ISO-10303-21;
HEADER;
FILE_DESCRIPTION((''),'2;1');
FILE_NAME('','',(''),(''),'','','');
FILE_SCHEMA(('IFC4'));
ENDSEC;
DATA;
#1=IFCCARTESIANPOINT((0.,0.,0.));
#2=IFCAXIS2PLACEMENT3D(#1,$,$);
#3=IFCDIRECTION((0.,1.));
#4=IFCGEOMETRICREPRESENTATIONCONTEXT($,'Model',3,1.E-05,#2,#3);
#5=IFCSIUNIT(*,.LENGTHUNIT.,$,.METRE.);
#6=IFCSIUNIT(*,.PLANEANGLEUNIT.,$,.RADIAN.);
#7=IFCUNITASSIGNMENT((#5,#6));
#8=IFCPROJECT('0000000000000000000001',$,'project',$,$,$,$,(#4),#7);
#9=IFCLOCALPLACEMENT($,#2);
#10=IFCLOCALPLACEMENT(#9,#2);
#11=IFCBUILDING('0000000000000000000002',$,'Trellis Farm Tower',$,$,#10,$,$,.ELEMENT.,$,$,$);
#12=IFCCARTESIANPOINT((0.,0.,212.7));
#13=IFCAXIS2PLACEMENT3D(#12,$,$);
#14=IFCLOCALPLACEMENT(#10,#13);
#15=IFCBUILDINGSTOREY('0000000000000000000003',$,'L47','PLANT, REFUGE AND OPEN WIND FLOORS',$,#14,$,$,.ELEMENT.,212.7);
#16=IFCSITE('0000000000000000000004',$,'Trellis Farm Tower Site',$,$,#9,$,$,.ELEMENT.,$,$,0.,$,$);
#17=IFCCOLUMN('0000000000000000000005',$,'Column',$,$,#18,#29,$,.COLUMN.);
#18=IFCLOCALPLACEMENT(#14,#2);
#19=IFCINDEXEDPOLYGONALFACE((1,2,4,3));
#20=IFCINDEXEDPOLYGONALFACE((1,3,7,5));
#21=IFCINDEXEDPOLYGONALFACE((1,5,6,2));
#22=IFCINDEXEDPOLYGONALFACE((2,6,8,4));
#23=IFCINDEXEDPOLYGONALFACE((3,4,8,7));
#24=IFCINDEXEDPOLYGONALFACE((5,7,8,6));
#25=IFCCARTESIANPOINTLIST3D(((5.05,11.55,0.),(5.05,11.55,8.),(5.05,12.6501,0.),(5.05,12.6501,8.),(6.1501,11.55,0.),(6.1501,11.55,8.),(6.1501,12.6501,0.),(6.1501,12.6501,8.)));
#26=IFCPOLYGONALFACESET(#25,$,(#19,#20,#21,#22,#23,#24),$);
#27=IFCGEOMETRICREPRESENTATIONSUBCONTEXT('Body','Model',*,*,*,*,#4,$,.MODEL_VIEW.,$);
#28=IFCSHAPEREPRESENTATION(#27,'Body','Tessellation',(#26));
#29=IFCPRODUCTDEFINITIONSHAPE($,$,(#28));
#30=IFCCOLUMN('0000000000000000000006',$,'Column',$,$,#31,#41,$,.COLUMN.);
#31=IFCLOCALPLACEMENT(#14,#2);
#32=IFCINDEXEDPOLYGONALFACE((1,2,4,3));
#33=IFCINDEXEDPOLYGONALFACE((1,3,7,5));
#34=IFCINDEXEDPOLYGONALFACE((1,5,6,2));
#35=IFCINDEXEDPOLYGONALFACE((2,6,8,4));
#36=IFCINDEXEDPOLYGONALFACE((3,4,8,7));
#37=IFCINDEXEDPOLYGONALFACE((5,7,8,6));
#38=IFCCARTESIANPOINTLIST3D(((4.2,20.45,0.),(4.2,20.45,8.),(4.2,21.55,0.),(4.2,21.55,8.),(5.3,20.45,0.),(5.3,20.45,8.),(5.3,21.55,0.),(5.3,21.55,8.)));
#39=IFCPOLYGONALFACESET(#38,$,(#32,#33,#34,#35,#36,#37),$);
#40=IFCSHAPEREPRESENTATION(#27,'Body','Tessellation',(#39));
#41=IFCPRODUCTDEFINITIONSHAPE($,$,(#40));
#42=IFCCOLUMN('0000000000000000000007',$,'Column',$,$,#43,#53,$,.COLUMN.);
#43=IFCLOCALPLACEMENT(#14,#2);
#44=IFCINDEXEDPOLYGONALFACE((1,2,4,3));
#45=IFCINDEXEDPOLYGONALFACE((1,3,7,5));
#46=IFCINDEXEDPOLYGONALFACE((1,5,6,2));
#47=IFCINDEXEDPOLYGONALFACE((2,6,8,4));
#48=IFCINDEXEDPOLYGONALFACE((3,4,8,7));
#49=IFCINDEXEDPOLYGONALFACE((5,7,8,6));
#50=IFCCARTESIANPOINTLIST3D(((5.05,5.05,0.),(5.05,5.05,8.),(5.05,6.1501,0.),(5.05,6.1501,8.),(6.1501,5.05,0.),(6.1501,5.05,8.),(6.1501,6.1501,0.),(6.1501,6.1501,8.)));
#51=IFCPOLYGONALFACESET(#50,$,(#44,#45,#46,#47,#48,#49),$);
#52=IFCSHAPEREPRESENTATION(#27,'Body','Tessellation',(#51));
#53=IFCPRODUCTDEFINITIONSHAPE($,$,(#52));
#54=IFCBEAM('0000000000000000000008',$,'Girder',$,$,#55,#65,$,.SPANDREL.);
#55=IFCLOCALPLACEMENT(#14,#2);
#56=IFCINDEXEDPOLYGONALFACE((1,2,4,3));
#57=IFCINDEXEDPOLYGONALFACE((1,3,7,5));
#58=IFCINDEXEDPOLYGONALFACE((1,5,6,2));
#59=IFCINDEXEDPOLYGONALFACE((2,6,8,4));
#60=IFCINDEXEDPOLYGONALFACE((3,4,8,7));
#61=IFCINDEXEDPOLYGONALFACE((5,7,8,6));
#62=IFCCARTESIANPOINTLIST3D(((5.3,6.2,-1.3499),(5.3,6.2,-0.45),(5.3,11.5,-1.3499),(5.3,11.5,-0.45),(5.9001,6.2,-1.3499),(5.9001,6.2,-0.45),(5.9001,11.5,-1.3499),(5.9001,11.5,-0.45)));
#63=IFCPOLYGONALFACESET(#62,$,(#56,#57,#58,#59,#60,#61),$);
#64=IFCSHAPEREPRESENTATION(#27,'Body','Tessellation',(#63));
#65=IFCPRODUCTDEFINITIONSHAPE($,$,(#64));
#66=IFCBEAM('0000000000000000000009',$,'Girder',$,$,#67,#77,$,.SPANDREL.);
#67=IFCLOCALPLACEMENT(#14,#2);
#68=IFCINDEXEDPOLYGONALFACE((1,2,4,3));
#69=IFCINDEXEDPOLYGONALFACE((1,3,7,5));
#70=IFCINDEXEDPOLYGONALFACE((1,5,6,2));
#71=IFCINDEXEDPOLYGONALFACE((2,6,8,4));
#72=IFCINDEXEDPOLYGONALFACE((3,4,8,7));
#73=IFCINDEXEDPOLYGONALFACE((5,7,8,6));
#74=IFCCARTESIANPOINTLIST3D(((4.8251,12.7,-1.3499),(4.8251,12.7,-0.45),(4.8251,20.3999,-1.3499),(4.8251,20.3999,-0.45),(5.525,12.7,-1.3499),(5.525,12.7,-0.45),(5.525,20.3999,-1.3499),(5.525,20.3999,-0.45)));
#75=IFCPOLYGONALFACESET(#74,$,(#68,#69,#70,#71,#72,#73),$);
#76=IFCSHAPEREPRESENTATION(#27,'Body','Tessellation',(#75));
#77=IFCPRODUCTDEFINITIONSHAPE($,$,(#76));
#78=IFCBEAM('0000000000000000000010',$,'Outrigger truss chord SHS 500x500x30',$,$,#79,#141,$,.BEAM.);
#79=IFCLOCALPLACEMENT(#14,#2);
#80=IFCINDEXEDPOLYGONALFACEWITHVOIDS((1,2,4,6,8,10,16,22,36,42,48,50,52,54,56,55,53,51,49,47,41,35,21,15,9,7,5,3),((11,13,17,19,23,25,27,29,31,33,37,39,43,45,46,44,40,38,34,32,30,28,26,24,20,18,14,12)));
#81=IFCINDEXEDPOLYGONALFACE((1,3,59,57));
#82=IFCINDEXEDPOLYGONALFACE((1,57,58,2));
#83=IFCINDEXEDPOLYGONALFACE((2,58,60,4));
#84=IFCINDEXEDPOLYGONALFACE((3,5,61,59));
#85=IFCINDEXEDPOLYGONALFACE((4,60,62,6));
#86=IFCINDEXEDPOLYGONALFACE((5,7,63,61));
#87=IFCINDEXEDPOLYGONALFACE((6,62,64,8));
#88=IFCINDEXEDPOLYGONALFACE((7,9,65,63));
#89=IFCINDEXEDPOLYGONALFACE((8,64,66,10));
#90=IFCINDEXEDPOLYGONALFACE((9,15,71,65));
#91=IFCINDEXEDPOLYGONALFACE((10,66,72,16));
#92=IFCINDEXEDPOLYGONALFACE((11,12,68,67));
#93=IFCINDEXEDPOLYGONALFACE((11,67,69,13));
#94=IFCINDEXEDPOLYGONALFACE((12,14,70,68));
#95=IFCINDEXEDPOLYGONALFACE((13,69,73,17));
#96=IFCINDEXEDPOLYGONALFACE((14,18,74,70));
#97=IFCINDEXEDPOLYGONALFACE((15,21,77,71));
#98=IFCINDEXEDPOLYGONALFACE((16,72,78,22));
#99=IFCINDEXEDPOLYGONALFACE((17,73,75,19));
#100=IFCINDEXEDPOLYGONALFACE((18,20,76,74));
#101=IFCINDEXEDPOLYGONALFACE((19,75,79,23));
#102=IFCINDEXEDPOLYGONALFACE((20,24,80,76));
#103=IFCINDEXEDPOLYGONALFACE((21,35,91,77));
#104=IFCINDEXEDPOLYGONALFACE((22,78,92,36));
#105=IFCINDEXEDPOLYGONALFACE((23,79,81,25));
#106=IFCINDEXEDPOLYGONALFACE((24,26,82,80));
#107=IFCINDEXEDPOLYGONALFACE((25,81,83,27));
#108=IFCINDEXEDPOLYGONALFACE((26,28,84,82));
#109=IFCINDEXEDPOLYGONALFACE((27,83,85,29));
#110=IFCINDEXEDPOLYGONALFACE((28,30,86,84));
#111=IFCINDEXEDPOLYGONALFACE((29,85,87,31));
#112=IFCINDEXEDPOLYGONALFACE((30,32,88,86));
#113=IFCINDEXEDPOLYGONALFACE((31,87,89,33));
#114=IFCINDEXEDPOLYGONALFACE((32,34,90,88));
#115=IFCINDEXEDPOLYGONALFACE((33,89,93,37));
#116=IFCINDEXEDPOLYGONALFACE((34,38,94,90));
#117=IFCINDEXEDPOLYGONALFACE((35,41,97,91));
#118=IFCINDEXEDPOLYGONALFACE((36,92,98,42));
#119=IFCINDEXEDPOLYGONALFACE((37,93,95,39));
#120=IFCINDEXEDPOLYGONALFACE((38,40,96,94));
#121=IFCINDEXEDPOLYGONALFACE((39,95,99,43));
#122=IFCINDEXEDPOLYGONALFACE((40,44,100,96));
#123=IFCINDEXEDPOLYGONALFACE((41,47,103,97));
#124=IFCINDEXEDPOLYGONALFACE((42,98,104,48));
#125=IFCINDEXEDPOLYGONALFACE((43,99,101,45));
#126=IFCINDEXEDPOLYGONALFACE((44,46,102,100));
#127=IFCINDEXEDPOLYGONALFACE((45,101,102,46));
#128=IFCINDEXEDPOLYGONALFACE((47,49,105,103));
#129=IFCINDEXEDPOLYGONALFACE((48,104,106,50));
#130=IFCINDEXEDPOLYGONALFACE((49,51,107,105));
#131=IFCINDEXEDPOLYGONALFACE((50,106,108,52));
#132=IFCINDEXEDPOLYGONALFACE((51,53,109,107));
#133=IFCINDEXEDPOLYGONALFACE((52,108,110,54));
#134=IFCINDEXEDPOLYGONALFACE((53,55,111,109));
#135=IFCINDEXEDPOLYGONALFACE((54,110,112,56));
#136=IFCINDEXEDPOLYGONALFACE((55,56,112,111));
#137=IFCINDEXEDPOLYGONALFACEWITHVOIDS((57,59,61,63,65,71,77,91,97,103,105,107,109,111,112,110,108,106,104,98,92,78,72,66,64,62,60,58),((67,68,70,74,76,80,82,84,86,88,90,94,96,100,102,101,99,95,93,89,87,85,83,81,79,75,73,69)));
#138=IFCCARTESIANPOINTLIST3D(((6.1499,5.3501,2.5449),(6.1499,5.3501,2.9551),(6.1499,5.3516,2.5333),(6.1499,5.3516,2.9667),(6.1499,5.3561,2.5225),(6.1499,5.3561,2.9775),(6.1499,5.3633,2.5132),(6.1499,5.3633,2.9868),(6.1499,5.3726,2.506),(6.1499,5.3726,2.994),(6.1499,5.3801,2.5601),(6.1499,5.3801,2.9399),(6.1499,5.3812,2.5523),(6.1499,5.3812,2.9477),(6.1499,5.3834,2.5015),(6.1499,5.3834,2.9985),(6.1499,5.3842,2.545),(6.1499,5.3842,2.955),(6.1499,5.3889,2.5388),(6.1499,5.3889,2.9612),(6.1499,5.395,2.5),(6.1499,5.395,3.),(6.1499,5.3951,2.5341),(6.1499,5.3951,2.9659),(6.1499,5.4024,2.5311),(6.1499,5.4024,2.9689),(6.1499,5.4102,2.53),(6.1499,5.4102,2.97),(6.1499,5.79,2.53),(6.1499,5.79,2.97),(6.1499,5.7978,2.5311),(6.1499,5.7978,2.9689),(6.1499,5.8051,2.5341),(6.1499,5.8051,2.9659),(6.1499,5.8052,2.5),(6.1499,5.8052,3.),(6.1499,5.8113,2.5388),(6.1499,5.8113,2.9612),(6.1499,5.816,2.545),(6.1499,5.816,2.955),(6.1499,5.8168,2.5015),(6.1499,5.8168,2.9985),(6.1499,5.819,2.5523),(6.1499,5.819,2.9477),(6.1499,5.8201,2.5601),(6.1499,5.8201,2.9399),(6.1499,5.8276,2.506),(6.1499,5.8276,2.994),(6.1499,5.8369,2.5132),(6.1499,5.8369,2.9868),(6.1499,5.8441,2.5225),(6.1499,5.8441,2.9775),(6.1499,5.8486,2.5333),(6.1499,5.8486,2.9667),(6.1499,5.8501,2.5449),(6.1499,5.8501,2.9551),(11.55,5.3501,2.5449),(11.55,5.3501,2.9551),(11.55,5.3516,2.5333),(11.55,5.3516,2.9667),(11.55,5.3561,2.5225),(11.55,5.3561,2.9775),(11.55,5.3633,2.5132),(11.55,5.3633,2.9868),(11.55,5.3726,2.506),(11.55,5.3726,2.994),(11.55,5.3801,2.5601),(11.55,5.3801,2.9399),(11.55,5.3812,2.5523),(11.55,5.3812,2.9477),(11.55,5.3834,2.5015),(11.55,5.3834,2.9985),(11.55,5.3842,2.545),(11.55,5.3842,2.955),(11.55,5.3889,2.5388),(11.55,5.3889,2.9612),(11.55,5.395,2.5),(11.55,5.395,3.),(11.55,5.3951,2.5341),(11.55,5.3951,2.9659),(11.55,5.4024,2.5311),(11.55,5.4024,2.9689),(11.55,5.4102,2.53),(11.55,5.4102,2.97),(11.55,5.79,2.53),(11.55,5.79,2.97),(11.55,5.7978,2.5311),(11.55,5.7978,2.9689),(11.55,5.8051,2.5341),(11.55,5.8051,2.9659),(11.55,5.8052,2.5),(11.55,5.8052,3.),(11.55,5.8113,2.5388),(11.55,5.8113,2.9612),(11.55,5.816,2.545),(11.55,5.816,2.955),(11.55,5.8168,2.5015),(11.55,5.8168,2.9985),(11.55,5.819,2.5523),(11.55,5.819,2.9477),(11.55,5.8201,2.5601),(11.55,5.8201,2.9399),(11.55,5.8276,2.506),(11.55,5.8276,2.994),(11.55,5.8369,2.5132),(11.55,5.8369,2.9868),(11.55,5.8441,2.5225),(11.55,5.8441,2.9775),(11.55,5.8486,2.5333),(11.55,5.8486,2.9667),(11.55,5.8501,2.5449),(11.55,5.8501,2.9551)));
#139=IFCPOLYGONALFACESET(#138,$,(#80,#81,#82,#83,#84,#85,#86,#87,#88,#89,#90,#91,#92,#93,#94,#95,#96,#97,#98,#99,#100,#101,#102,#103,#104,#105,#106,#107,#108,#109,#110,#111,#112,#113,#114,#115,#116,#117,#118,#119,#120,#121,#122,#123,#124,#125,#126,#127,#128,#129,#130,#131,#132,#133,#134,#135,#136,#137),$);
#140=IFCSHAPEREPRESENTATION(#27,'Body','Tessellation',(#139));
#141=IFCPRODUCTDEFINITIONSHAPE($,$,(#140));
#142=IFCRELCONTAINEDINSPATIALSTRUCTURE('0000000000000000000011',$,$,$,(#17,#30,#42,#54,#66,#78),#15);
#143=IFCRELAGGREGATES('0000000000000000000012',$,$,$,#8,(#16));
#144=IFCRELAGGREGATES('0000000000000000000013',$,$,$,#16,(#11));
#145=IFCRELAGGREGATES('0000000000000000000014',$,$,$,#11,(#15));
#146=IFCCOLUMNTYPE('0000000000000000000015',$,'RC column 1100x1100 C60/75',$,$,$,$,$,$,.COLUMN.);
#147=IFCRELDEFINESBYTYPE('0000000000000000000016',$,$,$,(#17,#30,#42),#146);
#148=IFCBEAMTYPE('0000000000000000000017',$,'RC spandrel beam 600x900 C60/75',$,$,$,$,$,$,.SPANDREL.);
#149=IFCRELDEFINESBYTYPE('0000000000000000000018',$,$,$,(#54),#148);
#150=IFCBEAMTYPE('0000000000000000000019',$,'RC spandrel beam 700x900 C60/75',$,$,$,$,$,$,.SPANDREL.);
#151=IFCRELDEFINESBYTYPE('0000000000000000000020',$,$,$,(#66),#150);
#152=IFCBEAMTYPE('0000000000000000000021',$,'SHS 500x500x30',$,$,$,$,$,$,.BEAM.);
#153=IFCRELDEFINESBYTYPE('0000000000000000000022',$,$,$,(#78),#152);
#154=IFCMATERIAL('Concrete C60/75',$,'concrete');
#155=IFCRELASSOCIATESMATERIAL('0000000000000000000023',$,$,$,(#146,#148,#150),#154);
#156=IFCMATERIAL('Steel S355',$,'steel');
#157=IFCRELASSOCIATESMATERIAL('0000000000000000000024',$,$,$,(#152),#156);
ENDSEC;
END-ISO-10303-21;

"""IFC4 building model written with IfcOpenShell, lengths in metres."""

from ifc_helpers import new_model, si_unit, direction, frame, origin, origin_2d, place, context, subcontext, project, spatial, rectangle, hollow_rectangle, extrude, source, transform, mapped, material, material_profile, profile_set, type_object, element, save


model = new_model("IFC4")

# Units and contexts
model_context = context("Model", 3, precision=1e-05, world=origin(), true_north=direction((0.0, 1.0)))
body_context = subcontext(model_context, "Body", "Model", "MODEL_VIEW")
ifc_project = project(units=[si_unit("LENGTHUNIT", "METRE"), si_unit("PLANEANGLEUNIT", "RADIAN")], contexts=[model_context])

# Site, building, storey
site_placement = place(None, origin())
site = spatial("IfcSite", under=ifc_project, at=site_placement, Name="Trellis Farm Tower Site", CompositionType="ELEMENT", RefElevation=0.0)
building_placement = place(site_placement, origin())
building = spatial("IfcBuilding", under=site, at=building_placement, Name="Trellis Farm Tower", CompositionType="ELEMENT")
storey_placement = place(building_placement, frame((0.0, 0.0, 212.7)))
storey = spatial("IfcBuildingStorey", under=building, at=storey_placement, Name="L47", Description="PLANT, REFUGE AND OPEN WIND FLOORS", CompositionType="ELEMENT", Elevation=212.7)

# Columns
ifc_material_1 = material(Name="Concrete C60/75", Category="concrete")
ifc_material_profile_1 = material_profile(ifc_material_1, rectangle(XDim=1.1001, YDim=1.1001, at=origin_2d()), Name="RC column 1100x1100 C60/75")
ifc_profile_set_1 = profile_set([ifc_material_profile_1], Name="Concrete C60/75")
column_type = type_object("IfcColumnType", Name="RC column 1100x1100 C60/75", PredefinedType="COLUMN", material=ifc_profile_set_1)
shared_shape_1 = source(origin(), body_context, "Body", "SweptSolid", [
    extrude(rectangle(XDim=1.1001, YDim=1.1001, at=origin_2d()), origin(), (0.0, 0.0, 1.0), 8.0),
])
for number, where, z_axis, x_axis, name in (
    (1, (5.6001, 12.1001, 0.0), (0.0, 0.0, 1.0), (1.0, 0.0, 0.0), "Column"),
    (2, (4.75, 21.0, 0.0), (0.0, 0.0, 1.0), (1.0, 0.0, 0.0), "Column"),
    (3, (5.6001, 5.6001, 0.0), (0.0, 0.0, 1.0), (1.0, 0.0, 0.0), "Column"),
):
    element("IfcColumn", number, at=place(storey_placement, frame(where, z_axis=z_axis, x_axis=x_axis)), inside=storey, type_object=column_type, Name=name, PredefinedType="COLUMN", context=body_context, shape_type="MappedRepresentation", body=[
        mapped(shared_shape_1, transform((0.0, 0.0, 0.0))),
    ])

# Beams
ifc_material_profile_2 = material_profile(ifc_material_1, rectangle(XDim=0.6001, YDim=0.8999, at=origin_2d()), Name="RC spandrel beam 600x900 C60/75")
ifc_profile_set_2 = profile_set([ifc_material_profile_2], Name="Concrete C60/75")
beam_type_1 = type_object("IfcBeamType", Name="RC spandrel beam 600x900 C60/75", PredefinedType="SPANDREL", material=ifc_profile_set_2)
shared_shape_2 = source(origin(), body_context, "Body", "SweptSolid", [
    extrude(rectangle(XDim=0.6001, YDim=0.8999, at=origin_2d()), origin(), (0.0, 0.0, 1.0), 5.3),
])
beam_1_placement = place(storey_placement, frame((5.6001, 6.2, -0.8999), z_axis=(0.0, 1.0, 0.0), x_axis=(-1.0, 0.0, 0.0)))
element("IfcBeam", 4, at=beam_1_placement, inside=storey, type_object=beam_type_1, Name="Girder", PredefinedType="SPANDREL", context=body_context, shape_type="MappedRepresentation", body=[
    mapped(shared_shape_2, transform((0.0, 0.0, 0.0))),
])
ifc_material_profile_3 = material_profile(ifc_material_1, rectangle(XDim=0.7, YDim=0.8999, at=origin_2d()), Name="RC spandrel beam 700x900 C60/75")
ifc_profile_set_3 = profile_set([ifc_material_profile_3], Name="Concrete C60/75")
beam_type_2 = type_object("IfcBeamType", Name="RC spandrel beam 700x900 C60/75", PredefinedType="SPANDREL", material=ifc_profile_set_3)
shared_shape_3 = source(origin(), body_context, "Body", "SweptSolid", [
    extrude(rectangle(XDim=0.7, YDim=0.8999, at=origin_2d()), origin(), (0.0, 0.0, 1.0), 7.7),
])
beam_2_placement = place(storey_placement, frame((5.175, 12.7, -0.8999), z_axis=(0.0, 1.0, 0.0), x_axis=(-1.0, 0.0, 0.0)))
element("IfcBeam", 5, at=beam_2_placement, inside=storey, type_object=beam_type_2, Name="Girder", PredefinedType="SPANDREL", context=body_context, shape_type="MappedRepresentation", body=[
    mapped(shared_shape_3, transform((0.0, 0.0, 0.0))),
])
ifc_material_2 = material(Name="Steel S355", Category="steel")
ifc_material_profile_4 = material_profile(ifc_material_2, hollow_rectangle(XDim=0.5, YDim=0.5, WallThickness=0.03, InnerFilletRadius=0.03, OuterFilletRadius=0.0449, at=origin_2d()), Name="SHS 500x500x30")
ifc_profile_set_4 = profile_set([ifc_material_profile_4], Name="Steel S355")
beam_type_3 = type_object("IfcBeamType", Name="SHS 500x500x30", PredefinedType="BEAM", material=ifc_profile_set_4)
shared_shape_4 = source(origin(), body_context, "Body", "SweptSolid", [
    extrude(hollow_rectangle(XDim=0.5, YDim=0.5, WallThickness=0.03, InnerFilletRadius=0.03, OuterFilletRadius=0.0449, at=origin_2d()), origin(), (0.0, 0.0, 1.0), 5.4001),
])
for number, where, z_axis, x_axis, name in (
    (6, (6.1499, 5.6001, 2.75), (1.0, 0.0, 0.0), (0.0, 1.0, 0.0), "Outrigger truss chord SHS 500x500x30"),
):
    element("IfcBeam", number, at=place(storey_placement, frame(where, z_axis=z_axis, x_axis=x_axis)), inside=storey, type_object=beam_type_3, Name=name, PredefinedType="BEAM", context=body_context, shape_type="MappedRepresentation", body=[
        mapped(shared_shape_4, transform((0.0, 0.0, 0.0))),
    ])

save(model, "model.ifc")
